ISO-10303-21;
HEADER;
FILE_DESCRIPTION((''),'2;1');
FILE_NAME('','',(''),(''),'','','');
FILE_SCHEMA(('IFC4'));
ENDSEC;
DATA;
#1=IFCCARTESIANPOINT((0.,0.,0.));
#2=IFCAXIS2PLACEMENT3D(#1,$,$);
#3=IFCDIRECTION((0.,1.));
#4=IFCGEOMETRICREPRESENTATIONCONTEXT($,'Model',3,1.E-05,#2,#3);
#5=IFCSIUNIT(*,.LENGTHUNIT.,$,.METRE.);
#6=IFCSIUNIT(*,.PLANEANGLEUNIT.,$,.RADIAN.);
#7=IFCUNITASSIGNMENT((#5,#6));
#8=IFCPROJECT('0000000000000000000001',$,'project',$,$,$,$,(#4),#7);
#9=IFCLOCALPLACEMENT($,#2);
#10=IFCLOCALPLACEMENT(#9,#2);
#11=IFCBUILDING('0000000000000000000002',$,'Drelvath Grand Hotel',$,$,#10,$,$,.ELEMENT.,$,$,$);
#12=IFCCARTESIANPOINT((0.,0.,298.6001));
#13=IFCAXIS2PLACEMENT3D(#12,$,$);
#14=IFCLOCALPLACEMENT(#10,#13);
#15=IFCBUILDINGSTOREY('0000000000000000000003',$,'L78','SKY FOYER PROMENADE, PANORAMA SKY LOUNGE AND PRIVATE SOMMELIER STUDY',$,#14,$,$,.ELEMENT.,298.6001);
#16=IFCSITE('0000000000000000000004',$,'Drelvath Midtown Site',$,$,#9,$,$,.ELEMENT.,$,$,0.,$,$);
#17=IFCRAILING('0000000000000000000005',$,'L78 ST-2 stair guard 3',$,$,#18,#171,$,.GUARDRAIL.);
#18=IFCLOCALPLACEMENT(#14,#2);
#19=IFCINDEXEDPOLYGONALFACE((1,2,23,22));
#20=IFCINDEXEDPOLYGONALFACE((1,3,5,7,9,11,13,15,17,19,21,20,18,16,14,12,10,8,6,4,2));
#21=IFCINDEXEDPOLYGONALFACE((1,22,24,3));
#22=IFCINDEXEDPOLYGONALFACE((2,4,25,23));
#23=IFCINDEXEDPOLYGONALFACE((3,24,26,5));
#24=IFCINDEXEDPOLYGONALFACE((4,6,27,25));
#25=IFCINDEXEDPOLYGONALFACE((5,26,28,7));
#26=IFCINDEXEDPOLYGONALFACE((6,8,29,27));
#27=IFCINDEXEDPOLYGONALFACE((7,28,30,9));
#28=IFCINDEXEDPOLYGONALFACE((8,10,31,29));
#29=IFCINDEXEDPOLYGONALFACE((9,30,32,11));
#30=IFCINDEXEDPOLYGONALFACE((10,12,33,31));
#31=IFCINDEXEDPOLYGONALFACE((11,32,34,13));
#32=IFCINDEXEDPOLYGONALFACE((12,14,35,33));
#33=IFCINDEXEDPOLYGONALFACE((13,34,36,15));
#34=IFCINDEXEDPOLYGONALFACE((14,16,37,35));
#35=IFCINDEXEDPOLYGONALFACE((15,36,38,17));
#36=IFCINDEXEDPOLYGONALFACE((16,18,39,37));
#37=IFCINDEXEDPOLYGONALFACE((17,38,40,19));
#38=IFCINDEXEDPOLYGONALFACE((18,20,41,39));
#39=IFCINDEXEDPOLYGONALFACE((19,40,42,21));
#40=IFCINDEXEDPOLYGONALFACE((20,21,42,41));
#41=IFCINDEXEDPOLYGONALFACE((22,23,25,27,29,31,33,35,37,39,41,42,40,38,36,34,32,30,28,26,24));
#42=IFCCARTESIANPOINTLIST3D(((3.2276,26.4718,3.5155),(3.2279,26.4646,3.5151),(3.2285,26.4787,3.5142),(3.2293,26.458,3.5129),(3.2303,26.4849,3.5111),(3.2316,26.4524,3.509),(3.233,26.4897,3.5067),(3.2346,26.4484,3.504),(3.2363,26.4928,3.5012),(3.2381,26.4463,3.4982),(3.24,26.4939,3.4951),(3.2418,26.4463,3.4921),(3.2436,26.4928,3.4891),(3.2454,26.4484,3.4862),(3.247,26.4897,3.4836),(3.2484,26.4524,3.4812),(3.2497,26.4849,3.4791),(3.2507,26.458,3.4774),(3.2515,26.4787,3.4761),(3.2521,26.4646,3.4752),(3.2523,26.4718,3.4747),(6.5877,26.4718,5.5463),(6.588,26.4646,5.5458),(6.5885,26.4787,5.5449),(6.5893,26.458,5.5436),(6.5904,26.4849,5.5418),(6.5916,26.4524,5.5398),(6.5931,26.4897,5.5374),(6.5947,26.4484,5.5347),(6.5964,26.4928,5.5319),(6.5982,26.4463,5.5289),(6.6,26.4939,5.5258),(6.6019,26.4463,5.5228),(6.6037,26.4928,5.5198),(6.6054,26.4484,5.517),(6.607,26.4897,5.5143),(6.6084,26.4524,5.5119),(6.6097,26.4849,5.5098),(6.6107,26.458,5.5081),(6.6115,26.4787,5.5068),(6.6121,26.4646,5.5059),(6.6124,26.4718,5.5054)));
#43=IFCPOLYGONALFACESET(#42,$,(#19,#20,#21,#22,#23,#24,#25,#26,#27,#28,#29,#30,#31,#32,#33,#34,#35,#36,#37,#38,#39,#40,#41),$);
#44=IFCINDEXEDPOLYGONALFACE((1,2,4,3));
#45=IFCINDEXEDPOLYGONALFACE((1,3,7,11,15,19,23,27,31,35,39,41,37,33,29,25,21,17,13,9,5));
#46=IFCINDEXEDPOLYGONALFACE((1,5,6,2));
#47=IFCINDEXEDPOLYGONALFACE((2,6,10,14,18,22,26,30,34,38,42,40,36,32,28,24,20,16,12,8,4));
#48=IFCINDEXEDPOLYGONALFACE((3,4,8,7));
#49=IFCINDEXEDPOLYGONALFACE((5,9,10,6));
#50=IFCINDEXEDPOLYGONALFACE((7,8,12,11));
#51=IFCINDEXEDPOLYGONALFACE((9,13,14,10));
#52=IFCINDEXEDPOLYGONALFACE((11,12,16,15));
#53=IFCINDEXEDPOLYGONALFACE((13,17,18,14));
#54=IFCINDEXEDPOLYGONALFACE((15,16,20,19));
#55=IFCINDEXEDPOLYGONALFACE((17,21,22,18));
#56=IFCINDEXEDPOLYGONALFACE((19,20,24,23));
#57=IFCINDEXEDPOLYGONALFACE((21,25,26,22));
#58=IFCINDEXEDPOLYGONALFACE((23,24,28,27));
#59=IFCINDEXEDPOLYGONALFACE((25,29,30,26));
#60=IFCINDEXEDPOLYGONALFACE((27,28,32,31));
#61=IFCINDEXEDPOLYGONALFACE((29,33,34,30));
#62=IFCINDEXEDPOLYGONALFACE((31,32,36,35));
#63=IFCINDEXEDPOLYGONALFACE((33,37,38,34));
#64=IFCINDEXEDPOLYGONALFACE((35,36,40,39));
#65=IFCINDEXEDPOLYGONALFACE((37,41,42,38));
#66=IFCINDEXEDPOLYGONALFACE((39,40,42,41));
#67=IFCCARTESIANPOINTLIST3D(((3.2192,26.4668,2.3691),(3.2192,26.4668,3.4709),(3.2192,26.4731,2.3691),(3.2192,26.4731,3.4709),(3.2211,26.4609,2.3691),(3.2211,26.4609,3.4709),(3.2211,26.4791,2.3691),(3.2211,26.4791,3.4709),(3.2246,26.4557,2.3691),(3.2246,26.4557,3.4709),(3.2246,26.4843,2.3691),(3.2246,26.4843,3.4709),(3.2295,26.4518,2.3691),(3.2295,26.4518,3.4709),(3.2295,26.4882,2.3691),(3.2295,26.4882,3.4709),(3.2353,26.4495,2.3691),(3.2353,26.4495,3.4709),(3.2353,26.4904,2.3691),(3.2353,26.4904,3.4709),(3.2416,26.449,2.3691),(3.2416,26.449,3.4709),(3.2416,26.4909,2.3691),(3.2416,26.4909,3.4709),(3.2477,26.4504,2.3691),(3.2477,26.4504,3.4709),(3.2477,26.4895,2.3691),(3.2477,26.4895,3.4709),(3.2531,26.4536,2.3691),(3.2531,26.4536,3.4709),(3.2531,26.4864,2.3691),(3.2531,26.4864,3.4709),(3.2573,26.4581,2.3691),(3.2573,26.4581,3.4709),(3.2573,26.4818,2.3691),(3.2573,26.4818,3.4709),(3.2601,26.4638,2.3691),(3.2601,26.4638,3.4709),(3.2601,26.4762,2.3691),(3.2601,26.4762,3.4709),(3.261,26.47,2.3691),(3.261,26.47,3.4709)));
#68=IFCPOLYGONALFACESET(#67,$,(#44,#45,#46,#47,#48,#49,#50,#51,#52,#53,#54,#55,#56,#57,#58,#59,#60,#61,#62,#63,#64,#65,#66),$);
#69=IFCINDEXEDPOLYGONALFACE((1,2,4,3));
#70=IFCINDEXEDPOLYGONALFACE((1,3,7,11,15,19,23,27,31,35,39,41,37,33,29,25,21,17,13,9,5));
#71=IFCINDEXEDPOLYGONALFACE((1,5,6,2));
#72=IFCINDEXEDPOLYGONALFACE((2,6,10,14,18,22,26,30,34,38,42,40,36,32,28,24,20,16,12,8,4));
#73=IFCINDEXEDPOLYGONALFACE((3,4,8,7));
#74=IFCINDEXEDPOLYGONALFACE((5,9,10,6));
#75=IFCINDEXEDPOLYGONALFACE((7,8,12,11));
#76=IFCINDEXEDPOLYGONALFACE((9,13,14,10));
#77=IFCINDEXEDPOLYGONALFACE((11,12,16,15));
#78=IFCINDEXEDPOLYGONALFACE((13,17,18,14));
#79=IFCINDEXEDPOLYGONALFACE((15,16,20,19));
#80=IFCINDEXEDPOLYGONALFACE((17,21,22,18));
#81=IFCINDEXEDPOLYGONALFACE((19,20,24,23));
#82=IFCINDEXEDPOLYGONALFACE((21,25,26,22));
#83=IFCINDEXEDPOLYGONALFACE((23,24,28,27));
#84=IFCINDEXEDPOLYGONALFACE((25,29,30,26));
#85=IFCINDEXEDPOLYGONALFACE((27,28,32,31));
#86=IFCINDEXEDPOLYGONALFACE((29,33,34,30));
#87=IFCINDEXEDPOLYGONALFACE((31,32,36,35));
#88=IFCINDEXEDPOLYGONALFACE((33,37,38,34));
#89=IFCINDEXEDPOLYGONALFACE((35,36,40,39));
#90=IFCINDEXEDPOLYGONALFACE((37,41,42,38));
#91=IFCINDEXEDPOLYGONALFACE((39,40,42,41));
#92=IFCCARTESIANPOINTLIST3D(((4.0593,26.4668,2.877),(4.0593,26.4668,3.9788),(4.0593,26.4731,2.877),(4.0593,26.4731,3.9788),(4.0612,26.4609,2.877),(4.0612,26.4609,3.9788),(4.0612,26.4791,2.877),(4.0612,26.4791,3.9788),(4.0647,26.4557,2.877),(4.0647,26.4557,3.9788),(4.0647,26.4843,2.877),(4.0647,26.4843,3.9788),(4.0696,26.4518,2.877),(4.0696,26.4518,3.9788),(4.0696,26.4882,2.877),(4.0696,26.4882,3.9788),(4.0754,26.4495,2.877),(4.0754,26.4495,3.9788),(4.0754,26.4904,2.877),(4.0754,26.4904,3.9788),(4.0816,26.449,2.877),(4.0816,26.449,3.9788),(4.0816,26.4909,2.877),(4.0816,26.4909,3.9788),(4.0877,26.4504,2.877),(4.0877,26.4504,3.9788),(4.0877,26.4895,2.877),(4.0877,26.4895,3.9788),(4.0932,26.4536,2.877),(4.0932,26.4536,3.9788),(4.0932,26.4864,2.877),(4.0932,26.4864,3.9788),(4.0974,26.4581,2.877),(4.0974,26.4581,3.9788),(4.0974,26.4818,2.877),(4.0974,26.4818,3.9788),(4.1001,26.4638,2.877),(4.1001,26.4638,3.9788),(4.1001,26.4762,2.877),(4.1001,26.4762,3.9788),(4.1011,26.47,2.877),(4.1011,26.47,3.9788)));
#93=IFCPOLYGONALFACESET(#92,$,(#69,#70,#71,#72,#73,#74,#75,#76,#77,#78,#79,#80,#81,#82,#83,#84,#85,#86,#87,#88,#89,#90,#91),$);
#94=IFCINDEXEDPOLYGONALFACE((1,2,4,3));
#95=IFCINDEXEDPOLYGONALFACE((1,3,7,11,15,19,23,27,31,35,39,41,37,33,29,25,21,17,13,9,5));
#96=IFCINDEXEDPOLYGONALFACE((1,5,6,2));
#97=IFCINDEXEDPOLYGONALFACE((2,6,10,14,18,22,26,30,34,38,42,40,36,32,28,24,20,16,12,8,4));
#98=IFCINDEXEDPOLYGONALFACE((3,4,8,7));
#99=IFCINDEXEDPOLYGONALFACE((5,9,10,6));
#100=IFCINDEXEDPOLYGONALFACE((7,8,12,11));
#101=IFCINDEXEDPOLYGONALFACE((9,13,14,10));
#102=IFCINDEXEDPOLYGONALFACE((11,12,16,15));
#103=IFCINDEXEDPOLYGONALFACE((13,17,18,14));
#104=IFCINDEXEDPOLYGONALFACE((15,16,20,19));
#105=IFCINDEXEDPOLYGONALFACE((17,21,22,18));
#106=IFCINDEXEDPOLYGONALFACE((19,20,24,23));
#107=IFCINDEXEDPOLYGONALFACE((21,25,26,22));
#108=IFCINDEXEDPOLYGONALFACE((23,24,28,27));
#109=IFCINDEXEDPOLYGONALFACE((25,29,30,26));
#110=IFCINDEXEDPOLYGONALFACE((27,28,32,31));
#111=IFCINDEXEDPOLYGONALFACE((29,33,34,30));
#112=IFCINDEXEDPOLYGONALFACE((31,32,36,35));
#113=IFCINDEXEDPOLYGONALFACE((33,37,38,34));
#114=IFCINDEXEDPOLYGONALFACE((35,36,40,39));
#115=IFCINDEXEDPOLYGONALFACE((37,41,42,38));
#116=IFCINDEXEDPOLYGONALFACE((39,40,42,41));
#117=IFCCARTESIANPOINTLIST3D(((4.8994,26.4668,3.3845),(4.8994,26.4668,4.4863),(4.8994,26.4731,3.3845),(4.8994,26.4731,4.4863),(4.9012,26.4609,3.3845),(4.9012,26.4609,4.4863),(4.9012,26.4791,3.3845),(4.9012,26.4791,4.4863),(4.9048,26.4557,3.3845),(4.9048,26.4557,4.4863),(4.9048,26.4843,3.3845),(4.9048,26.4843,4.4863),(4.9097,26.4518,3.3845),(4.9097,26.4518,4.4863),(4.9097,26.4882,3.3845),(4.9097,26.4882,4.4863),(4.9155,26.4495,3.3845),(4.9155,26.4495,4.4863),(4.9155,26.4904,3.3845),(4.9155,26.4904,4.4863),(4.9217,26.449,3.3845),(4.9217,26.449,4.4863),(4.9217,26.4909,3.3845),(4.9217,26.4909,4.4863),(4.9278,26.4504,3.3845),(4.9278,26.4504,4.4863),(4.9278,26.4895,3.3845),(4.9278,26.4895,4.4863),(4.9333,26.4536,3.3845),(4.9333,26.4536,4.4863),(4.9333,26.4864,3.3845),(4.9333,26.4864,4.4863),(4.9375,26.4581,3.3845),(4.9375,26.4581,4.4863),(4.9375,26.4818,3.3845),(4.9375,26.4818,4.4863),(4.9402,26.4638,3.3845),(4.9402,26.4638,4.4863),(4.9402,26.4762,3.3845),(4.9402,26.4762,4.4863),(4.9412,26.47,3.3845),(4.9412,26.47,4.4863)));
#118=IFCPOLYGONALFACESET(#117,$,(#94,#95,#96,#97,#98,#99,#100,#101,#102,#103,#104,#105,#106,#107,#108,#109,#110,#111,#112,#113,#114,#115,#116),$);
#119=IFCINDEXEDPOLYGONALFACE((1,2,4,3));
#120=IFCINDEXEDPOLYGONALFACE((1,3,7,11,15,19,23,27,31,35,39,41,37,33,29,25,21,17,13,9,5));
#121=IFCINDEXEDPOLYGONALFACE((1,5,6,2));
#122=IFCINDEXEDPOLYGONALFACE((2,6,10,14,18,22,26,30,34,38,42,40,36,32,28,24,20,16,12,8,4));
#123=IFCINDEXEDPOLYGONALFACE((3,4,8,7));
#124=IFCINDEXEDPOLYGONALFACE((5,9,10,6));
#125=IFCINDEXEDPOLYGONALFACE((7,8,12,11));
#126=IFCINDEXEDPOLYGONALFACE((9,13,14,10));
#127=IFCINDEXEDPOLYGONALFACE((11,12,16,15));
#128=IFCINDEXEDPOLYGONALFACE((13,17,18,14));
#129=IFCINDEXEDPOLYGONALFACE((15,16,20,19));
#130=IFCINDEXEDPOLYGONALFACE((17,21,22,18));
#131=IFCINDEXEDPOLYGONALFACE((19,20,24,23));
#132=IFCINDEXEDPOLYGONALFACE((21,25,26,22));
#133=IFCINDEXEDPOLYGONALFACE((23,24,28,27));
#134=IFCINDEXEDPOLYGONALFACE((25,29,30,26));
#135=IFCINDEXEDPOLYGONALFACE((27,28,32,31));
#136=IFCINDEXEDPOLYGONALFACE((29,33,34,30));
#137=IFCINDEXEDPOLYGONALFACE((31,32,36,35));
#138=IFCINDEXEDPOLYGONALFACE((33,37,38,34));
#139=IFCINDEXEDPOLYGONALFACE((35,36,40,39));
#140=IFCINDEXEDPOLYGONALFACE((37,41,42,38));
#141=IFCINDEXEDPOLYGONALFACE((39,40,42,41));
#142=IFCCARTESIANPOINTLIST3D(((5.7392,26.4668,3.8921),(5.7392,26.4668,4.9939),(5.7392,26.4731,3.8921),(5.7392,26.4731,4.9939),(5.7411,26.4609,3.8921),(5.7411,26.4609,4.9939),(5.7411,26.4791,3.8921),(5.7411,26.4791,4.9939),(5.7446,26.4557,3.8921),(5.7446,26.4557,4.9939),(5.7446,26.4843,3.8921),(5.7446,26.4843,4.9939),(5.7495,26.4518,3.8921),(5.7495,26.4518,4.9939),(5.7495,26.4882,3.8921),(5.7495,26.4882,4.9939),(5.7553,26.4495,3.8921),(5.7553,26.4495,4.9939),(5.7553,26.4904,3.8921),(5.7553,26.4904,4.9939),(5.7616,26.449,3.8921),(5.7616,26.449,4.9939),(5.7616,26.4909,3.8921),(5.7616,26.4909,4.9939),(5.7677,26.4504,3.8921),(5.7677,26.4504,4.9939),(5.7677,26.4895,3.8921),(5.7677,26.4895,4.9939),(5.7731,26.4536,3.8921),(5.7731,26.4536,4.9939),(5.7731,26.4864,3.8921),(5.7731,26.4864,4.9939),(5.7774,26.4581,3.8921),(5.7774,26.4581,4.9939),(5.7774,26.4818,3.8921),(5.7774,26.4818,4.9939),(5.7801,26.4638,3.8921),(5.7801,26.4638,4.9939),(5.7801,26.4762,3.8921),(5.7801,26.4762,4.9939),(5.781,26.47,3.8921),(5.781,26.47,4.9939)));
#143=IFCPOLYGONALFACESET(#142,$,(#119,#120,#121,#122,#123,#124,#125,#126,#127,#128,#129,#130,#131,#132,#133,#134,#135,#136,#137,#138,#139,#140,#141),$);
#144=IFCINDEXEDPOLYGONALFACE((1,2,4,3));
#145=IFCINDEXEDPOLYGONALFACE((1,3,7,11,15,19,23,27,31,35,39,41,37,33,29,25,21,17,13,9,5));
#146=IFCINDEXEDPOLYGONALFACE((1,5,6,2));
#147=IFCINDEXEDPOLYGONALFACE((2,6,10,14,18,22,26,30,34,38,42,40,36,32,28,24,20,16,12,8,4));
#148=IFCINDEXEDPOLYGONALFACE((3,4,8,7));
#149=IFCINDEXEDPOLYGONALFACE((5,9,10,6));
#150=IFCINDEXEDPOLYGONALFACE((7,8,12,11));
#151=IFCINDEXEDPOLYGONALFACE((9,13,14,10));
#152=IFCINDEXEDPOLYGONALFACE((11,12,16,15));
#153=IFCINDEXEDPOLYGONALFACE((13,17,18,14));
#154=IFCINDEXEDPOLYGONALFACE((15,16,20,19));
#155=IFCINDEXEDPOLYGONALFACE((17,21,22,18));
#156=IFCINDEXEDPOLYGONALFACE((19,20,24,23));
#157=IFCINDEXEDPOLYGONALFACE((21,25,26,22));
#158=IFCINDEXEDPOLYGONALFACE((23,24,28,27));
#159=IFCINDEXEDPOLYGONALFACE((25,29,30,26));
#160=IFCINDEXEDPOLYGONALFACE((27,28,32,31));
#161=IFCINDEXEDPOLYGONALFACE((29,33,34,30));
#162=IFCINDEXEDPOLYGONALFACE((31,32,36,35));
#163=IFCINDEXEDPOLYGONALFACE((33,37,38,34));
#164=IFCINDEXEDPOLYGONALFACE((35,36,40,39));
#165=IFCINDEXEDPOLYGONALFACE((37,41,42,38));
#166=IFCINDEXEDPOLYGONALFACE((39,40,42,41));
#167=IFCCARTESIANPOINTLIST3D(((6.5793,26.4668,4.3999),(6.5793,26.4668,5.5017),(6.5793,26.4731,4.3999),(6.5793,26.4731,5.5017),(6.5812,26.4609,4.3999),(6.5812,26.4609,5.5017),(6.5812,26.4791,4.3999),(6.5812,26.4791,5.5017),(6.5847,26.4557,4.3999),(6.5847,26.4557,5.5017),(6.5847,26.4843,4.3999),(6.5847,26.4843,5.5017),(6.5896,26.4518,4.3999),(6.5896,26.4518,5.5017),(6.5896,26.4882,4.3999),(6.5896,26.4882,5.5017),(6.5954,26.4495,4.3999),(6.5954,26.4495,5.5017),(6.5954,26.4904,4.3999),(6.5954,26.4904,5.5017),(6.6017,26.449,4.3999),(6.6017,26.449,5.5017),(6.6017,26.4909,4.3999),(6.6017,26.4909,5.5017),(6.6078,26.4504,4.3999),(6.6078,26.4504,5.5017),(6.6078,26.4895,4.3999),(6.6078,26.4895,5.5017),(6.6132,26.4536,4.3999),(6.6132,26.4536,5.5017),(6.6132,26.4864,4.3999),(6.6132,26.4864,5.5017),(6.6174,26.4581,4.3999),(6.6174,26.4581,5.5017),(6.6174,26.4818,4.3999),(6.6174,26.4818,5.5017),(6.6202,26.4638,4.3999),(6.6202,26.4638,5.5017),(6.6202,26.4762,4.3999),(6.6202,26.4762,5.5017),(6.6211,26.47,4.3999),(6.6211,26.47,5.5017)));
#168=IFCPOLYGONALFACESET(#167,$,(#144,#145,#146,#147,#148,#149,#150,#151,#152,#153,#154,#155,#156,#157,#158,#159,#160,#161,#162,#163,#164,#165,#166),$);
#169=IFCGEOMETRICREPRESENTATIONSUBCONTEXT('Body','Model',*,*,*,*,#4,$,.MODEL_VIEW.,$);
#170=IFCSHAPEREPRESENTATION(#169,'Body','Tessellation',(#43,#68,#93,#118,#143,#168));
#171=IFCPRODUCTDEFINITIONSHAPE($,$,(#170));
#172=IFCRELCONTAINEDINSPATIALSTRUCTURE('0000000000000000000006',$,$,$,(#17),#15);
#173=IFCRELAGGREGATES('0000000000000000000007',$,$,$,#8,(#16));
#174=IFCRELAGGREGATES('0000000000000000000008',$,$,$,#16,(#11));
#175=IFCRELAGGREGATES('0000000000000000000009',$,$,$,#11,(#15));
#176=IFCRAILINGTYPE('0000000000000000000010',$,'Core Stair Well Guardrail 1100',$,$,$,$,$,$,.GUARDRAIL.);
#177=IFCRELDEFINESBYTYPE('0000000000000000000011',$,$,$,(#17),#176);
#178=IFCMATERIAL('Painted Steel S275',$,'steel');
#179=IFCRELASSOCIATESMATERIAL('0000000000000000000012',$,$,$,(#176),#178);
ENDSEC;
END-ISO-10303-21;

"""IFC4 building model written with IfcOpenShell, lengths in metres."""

from ifc_helpers import new_model, si_unit, direction, frame, origin, origin_2d, place, context, subcontext, project, spatial, circle, extrude, material, type_object, element, save


model = new_model("IFC4")

# Units and contexts
model_context = context("Model", 3, precision=1e-05, world=origin(), true_north=direction((0.0, 1.0)))
body_context = subcontext(model_context, "Body", "Model", "MODEL_VIEW")
ifc_project = project(units=[si_unit("LENGTHUNIT", "METRE"), si_unit("PLANEANGLEUNIT", "RADIAN")], contexts=[model_context])

# Site, building, storey
site_placement = place(None, origin())
site = spatial("IfcSite", under=ifc_project, at=site_placement, Name="Drelvath Midtown Site", CompositionType="ELEMENT", RefElevation=0.0)
building_placement = place(site_placement, origin())
building = spatial("IfcBuilding", under=site, at=building_placement, Name="Drelvath Grand Hotel", CompositionType="ELEMENT")
storey_placement = place(building_placement, frame((0.0, 0.0, 298.6001)))
storey = spatial("IfcBuildingStorey", under=building, at=storey_placement, Name="L78", Description="SKY FOYER PROMENADE, PANORAMA SKY LOUNGE AND PRIVATE SOMMELIER STUDY", CompositionType="ELEMENT", Elevation=298.6001)

# Railing
ifc_material_1 = material(Name="Painted Steel S275", Category="steel")
railing_type_1 = type_object("IfcRailingType", Name="Core Stair Well Guardrail 1100", PredefinedType="GUARDRAIL", material=ifc_material_1)
railing_1_placement = place(storey_placement, frame((3.24, 26.47, 2.3691)))
element("IfcRailing", 1, at=railing_1_placement, inside=storey, type_object=railing_type_1, Name="L78 ST-2 stair guard 3", PredefinedType="GUARDRAIL", context=body_context, shape_type="SweptSolid", body=[
    extrude(circle(Radius=0.0239, at=origin_2d()), frame((0.0, 0.0, 1.126), z_axis=(0.855837, 0.0, 0.517246), x_axis=(0.0, 1.0, 0.0)), (0.0, 0.0, 1.0), 3.926),
    extrude(circle(Radius=0.021, at=origin_2d()), origin(), (0.0, 0.0, 1.0), 1.1018),
    extrude(circle(Radius=0.021, at=origin_2d()), frame((0.8401, 0.0, 0.5078)), (0.0, 0.0, 1.0), 1.1018),
    extrude(circle(Radius=0.021, at=origin_2d()), frame((1.6802, 0.0, 1.0154)), (0.0, 0.0, 1.0), 1.1018),
    extrude(circle(Radius=0.021, at=origin_2d()), frame((2.52, 0.0, 1.5229)), (0.0, 0.0, 1.0), 1.1018),
    extrude(circle(Radius=0.021, at=origin_2d()), frame((3.3601, 0.0, 2.0308)), (0.0, 0.0, 1.0), 1.1018),
])

save(model, "model.ifc")
